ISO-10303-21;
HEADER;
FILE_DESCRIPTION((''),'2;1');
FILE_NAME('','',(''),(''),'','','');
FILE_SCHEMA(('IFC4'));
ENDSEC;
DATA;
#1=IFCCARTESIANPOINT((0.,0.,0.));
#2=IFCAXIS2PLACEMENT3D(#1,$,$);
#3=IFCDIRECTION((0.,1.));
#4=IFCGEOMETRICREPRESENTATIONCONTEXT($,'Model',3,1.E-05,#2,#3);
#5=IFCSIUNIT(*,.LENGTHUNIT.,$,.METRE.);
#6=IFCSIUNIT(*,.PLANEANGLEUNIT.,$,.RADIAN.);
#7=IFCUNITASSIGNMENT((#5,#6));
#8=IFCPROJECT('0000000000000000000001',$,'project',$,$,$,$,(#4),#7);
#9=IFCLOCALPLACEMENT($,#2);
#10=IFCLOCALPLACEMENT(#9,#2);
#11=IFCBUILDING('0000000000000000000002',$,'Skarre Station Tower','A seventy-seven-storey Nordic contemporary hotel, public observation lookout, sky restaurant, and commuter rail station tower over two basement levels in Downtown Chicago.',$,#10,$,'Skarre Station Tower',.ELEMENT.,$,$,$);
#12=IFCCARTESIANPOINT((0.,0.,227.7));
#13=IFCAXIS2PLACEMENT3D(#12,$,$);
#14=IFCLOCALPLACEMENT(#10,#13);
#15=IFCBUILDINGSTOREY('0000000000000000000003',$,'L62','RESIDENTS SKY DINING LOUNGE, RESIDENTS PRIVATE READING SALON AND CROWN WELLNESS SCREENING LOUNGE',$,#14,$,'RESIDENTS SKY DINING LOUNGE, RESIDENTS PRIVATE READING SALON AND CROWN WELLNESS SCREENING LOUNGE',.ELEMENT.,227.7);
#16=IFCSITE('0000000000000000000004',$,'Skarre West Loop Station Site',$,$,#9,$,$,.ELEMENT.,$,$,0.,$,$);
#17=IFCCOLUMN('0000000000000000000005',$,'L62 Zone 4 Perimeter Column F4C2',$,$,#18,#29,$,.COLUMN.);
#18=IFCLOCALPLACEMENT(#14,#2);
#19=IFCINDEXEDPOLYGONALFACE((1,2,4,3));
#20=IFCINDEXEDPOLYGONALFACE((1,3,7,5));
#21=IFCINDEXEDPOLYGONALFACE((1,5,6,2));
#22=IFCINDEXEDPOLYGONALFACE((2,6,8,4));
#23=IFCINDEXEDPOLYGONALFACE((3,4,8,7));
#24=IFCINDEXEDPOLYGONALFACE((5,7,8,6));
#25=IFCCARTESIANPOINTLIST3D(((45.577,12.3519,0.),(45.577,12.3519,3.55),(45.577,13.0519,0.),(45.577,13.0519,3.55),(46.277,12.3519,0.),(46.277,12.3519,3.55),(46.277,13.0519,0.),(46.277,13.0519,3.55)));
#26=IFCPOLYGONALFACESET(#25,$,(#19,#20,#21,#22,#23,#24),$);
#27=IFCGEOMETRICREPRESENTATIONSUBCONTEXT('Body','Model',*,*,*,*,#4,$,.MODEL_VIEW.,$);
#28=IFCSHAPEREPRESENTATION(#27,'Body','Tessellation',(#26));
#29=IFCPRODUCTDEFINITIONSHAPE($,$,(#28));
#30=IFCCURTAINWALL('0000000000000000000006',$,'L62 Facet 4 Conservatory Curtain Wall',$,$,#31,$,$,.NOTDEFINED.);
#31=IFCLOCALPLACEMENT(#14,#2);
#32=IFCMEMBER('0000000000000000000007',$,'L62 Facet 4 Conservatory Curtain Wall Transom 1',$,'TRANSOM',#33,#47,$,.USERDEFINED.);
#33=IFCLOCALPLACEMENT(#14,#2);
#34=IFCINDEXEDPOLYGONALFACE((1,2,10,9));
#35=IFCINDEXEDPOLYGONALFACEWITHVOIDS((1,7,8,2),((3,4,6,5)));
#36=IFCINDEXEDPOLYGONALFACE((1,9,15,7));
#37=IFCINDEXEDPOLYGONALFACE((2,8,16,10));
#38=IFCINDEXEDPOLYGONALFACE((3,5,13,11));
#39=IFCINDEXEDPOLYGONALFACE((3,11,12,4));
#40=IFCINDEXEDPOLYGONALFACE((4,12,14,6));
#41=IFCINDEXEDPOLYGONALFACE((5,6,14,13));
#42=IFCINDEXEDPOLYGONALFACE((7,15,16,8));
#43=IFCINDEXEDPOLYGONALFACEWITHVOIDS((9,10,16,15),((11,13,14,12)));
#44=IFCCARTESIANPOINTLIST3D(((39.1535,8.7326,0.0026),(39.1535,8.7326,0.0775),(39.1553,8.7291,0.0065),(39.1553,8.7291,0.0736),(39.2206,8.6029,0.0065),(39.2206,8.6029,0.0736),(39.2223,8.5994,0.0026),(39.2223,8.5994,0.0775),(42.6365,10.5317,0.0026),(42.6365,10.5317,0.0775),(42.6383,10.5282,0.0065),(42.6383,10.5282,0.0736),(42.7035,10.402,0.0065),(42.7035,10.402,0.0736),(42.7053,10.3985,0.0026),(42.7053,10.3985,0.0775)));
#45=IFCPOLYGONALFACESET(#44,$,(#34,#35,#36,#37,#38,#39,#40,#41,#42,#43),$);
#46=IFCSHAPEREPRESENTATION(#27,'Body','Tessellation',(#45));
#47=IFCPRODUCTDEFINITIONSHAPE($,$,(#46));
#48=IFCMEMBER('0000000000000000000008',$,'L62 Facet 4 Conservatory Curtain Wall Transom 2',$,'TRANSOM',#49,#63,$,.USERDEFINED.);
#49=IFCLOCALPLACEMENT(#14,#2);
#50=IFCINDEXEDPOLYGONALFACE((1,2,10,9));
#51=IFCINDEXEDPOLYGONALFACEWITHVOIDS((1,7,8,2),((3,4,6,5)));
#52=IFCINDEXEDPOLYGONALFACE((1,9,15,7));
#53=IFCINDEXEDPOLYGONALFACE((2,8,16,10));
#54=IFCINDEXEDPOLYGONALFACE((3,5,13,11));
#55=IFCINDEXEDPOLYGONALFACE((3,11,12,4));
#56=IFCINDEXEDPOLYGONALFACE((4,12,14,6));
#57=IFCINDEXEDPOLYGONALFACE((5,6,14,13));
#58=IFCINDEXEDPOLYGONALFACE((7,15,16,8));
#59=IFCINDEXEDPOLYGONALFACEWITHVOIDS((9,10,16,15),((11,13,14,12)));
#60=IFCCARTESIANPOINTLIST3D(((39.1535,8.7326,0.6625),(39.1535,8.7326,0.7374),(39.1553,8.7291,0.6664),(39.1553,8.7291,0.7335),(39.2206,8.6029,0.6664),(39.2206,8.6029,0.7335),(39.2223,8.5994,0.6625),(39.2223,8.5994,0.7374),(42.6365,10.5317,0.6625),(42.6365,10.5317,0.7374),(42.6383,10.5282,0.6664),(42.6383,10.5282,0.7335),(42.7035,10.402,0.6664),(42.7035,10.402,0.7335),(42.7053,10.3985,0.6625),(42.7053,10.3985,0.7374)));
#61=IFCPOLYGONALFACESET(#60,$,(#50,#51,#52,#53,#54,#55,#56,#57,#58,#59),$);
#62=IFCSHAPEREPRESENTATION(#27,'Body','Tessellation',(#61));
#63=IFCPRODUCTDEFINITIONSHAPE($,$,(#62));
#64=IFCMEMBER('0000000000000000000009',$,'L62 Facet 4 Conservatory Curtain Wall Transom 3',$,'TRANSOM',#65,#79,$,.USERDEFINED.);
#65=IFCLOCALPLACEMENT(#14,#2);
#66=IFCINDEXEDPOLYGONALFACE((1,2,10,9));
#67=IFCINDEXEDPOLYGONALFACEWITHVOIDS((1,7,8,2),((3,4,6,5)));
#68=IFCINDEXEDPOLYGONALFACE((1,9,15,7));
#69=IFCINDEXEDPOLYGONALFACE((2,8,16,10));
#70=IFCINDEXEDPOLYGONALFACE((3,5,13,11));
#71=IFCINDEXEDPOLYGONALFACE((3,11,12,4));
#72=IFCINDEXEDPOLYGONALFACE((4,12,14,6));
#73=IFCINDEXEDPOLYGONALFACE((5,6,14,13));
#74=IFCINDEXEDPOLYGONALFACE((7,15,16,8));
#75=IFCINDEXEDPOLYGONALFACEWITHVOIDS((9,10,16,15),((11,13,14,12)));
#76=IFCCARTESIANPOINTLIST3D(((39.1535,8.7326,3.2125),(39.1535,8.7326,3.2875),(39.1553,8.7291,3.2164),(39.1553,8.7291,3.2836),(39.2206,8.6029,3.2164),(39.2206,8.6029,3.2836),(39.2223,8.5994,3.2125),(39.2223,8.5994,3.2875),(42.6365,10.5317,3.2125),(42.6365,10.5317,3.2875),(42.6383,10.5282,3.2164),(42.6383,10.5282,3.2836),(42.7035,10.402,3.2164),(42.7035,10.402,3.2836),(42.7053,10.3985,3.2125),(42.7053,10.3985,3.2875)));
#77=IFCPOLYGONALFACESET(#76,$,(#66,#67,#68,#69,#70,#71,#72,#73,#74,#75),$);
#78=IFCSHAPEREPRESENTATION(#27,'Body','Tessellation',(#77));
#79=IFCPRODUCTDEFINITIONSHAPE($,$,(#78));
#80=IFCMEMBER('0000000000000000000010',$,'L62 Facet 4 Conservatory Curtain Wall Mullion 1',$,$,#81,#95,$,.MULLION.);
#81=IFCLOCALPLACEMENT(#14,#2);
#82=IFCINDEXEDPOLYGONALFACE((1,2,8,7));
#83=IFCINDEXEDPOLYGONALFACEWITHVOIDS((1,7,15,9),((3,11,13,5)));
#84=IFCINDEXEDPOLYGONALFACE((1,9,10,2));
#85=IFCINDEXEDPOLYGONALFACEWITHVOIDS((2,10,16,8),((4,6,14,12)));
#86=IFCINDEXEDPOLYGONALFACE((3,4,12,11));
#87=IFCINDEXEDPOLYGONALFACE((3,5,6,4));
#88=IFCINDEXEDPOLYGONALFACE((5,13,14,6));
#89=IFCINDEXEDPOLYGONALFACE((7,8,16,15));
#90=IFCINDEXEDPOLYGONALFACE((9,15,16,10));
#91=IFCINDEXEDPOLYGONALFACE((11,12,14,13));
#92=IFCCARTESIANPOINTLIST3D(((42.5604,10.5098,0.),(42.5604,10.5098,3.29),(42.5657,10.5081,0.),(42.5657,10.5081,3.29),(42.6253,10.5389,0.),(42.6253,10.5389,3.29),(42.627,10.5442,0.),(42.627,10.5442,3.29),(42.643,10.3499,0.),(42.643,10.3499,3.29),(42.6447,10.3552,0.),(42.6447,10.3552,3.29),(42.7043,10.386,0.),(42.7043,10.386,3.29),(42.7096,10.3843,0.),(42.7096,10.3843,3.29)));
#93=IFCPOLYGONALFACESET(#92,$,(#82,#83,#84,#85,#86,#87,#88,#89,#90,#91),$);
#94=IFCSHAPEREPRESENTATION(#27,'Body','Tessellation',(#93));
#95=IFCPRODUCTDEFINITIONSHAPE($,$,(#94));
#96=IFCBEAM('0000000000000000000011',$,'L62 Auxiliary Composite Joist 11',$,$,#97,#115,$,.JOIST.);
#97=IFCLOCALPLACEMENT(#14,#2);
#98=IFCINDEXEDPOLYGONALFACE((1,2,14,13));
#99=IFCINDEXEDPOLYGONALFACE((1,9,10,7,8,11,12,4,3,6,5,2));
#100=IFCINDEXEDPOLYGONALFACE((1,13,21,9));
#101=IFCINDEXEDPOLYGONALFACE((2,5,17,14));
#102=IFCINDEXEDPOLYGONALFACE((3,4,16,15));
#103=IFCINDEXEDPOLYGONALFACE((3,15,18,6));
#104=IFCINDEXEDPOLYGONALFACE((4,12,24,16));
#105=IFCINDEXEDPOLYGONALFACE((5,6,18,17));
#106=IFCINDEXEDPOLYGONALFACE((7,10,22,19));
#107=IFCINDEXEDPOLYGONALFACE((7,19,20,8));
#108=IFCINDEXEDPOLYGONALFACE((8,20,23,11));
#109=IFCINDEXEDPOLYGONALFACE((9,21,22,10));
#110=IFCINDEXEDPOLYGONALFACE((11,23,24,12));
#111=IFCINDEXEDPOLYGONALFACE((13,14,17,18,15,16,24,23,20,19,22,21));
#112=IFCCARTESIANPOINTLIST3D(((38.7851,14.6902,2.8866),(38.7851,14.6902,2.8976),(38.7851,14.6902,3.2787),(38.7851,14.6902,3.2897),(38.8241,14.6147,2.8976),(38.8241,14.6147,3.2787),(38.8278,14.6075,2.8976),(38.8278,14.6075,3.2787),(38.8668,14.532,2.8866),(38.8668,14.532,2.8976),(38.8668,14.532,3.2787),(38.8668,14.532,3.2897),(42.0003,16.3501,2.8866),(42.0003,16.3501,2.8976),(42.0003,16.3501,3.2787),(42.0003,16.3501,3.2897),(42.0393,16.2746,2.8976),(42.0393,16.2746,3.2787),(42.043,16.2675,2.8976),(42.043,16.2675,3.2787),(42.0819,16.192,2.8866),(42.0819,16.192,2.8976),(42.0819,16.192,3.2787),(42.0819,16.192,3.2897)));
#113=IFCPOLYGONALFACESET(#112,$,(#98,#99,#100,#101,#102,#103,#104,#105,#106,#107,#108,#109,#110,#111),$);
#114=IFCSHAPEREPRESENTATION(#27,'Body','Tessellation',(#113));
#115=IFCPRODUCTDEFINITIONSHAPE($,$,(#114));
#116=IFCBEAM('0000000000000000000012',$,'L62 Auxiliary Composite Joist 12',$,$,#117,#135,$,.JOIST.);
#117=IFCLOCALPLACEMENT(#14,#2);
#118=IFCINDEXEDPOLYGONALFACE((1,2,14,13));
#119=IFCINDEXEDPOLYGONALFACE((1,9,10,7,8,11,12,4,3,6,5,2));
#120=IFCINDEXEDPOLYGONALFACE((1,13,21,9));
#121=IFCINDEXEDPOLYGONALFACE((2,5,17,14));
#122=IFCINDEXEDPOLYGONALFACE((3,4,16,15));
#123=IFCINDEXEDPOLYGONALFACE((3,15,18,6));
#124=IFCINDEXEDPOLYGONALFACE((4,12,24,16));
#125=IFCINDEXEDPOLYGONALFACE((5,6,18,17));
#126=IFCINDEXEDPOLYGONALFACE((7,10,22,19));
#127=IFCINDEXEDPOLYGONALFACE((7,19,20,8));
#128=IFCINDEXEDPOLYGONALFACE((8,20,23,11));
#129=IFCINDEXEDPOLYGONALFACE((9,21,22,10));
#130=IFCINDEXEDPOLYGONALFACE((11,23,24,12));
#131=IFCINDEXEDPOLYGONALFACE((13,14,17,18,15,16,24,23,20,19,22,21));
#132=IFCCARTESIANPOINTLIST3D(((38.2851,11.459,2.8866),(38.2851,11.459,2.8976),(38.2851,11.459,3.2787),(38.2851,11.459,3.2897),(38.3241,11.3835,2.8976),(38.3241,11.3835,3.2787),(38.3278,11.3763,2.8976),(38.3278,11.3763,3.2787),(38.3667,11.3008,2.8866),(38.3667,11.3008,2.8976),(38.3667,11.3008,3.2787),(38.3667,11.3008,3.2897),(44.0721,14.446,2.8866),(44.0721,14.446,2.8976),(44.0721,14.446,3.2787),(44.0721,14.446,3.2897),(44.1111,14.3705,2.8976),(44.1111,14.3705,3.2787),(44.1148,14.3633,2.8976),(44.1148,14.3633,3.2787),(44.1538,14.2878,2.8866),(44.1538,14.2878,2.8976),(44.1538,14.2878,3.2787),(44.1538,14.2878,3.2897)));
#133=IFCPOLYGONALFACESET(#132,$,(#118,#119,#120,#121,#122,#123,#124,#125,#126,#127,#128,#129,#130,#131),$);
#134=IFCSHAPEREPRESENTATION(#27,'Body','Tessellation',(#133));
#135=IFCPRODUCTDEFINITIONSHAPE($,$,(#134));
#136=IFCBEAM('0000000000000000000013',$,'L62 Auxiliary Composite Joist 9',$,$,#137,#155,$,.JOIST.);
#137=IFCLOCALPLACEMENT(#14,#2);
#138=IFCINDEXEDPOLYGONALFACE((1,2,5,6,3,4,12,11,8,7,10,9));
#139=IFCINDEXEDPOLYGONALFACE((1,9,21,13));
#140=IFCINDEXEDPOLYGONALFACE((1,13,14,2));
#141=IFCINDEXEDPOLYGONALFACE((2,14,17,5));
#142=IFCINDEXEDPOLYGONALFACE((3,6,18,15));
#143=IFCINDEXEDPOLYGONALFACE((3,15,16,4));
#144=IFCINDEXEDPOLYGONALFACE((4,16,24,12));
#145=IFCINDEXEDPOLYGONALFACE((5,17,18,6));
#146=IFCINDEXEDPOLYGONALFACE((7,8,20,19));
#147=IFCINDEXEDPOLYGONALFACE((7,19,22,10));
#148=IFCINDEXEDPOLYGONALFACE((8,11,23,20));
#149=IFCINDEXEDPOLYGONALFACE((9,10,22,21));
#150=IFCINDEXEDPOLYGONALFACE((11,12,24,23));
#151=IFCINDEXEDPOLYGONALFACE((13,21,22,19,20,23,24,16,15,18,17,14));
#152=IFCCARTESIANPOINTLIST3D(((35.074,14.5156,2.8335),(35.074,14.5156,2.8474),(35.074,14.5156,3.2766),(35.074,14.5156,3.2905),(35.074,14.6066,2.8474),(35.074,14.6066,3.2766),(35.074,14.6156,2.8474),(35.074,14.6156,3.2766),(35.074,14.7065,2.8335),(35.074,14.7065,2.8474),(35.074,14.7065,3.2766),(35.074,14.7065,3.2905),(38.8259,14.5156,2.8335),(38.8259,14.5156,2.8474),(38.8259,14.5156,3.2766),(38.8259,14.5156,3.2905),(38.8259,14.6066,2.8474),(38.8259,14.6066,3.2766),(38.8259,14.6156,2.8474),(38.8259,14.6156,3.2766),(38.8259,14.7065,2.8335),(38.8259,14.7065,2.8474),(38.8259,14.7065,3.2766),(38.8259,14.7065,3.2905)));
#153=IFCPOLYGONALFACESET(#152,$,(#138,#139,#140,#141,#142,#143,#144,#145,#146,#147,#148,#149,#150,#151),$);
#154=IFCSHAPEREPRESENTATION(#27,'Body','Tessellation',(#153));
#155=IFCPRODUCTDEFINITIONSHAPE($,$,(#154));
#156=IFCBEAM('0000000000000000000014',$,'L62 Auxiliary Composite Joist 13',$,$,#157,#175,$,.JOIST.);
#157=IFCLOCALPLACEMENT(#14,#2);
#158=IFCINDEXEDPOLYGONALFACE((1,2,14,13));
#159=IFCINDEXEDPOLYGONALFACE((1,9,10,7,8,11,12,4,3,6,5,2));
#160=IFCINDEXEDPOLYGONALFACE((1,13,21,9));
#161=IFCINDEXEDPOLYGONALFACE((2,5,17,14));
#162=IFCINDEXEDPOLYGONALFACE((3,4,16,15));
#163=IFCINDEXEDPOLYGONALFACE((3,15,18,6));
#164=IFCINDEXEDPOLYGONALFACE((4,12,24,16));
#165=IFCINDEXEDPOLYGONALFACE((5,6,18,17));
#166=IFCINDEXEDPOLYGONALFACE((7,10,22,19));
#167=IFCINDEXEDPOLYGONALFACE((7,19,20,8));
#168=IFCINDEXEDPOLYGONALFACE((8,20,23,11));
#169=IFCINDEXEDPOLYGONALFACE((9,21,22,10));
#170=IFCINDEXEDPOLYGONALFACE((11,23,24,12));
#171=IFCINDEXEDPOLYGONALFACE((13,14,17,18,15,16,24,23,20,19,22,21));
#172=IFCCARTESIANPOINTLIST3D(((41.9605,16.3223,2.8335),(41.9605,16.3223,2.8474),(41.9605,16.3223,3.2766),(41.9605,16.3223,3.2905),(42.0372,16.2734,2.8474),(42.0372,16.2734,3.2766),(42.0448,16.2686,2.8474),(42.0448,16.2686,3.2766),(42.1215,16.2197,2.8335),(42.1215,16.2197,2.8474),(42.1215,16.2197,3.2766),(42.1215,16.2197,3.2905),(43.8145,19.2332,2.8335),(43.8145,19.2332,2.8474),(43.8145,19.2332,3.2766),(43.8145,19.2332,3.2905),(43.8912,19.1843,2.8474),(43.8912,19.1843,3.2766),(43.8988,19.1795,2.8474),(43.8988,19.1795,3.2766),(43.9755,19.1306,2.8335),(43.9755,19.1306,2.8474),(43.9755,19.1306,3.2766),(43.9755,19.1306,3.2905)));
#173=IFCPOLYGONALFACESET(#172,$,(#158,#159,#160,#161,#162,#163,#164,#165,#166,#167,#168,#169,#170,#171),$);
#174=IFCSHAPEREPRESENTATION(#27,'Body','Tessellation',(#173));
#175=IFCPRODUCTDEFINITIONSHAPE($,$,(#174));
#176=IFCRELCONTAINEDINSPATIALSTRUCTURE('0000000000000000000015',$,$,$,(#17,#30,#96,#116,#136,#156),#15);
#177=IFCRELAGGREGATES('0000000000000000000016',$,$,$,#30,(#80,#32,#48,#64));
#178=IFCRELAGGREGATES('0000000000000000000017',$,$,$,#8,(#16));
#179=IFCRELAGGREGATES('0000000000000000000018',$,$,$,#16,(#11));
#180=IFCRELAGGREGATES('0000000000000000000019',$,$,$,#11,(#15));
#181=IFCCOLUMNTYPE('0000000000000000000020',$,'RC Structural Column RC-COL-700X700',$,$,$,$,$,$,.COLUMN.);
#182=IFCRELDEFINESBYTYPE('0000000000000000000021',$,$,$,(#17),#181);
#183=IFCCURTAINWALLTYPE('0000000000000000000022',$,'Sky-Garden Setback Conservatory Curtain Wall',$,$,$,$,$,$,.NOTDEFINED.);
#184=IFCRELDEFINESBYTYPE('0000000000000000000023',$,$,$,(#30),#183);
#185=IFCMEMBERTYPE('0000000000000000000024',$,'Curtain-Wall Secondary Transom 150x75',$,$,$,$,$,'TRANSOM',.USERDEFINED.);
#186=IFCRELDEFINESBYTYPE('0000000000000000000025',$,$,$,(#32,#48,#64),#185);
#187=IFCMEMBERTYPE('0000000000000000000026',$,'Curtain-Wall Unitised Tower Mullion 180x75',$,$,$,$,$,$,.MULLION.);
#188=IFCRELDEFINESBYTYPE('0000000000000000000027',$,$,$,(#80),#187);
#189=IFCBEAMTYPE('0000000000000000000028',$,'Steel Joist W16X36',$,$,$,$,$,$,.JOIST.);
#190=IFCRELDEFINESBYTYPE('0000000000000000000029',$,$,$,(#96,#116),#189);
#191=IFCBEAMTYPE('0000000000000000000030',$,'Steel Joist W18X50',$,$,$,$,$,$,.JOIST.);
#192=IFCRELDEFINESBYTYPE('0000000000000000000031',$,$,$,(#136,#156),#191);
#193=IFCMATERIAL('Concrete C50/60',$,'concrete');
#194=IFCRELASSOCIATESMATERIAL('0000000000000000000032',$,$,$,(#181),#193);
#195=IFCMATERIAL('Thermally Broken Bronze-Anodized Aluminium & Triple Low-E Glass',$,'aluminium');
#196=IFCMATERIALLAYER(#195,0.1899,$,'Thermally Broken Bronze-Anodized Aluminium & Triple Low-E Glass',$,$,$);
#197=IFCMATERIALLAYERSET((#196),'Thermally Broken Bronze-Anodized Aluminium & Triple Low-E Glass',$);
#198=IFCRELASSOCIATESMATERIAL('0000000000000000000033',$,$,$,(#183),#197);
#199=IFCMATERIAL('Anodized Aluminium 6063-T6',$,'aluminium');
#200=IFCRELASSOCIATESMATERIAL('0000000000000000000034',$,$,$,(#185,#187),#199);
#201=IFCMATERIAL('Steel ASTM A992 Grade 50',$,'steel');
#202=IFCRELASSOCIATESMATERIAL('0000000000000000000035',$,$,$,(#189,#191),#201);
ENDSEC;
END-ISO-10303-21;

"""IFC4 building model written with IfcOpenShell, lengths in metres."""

from ifc_helpers import new_model, si_unit, direction, frame, origin, origin_2d, place, context, subcontext, project, spatial, rectangle, hollow_rectangle, i_section, extrude, material, layer, layer_set, material_profile, profile_set, type_object, element, aggregate, save


model = new_model("IFC4")

# Units and contexts
model_context = context("Model", 3, precision=1e-05, world=origin(), true_north=direction((0.0, 1.0)))
body_context = subcontext(model_context, "Body", "Model", "MODEL_VIEW")
ifc_project = project(units=[si_unit("LENGTHUNIT", "METRE"), si_unit("PLANEANGLEUNIT", "RADIAN")], contexts=[model_context])

# Site, building, storey
site_placement = place(None, origin())
site = spatial("IfcSite", under=ifc_project, at=site_placement, Name="Skarre West Loop Station Site", CompositionType="ELEMENT", RefElevation=0.0)
building_placement = place(site_placement, origin())
building = spatial("IfcBuilding", under=site, at=building_placement, Name="Skarre Station Tower", Description="A seventy-seven-storey Nordic contemporary hotel, public observation lookout, sky restaurant, and commuter rail station tower over two basement levels in Downtown Chicago.", LongName="Skarre Station Tower", CompositionType="ELEMENT")
storey_placement = place(building_placement, frame((0.0, 0.0, 227.7)))
storey = spatial("IfcBuildingStorey", under=building, at=storey_placement, Name="L62", Description="RESIDENTS SKY DINING LOUNGE, RESIDENTS PRIVATE READING SALON AND CROWN WELLNESS SCREENING LOUNGE", LongName="RESIDENTS SKY DINING LOUNGE, RESIDENTS PRIVATE READING SALON AND CROWN WELLNESS SCREENING LOUNGE", CompositionType="ELEMENT", Elevation=227.7)

# Column
ifc_material_1 = material(Name="Concrete C50/60", Category="concrete")
ifc_material_profile_1 = material_profile(ifc_material_1, rectangle(XDim=0.7, YDim=0.7, at=origin_2d()), Name="Concrete C50/60")
ifc_profile_set_1 = profile_set([ifc_material_profile_1], Name="Concrete C50/60")
column_type = type_object("IfcColumnType", Name="RC Structural Column RC-COL-700X700", PredefinedType="COLUMN", material=ifc_profile_set_1)
column_placement = place(storey_placement, frame((45.927, 12.7019, 0.0), z_axis=(0.0, 0.0, 1.0), x_axis=(1.0, 0.0, 0.0)))
element("IfcColumn", 1, at=column_placement, inside=storey, type_object=column_type, Name="L62 Zone 4 Perimeter Column F4C2", PredefinedType="COLUMN", context=body_context, shape_type="SweptSolid", body=[
    extrude(rectangle(XDim=0.7, YDim=0.7, at=origin_2d()), origin(), (0.0, 0.0, 1.0), 3.55),
])

# Curtain wall, members
ifc_material_2 = material(Name="Thermally Broken Bronze-Anodized Aluminium & Triple Low-E Glass", Category="aluminium")
ifc_layer_1 = layer(ifc_material_2, 0.1899, Name="Thermally Broken Bronze-Anodized Aluminium & Triple Low-E Glass")
ifc_layer_set_1 = layer_set([ifc_layer_1], Name="Thermally Broken Bronze-Anodized Aluminium & Triple Low-E Glass")
curtain_wall_type = type_object("IfcCurtainWallType", Name="Sky-Garden Setback Conservatory Curtain Wall", PredefinedType="NOTDEFINED", material=ifc_layer_set_1)
curtain_wall_placement = place(storey_placement, origin())
curtain_wall = element("IfcCurtainWall", 2, at=curtain_wall_placement, inside=storey, type_object=curtain_wall_type, Name="L62 Facet 4 Conservatory Curtain Wall", PredefinedType="NOTDEFINED")
ifc_material_3 = material(Name="Anodized Aluminium 6063-T6", Category="aluminium")
ifc_material_profile_2 = material_profile(ifc_material_3, hollow_rectangle(XDim=0.075, YDim=0.1499, WallThickness=0.0039, at=origin_2d()), Name="Anodized Aluminium 6063-T6")
ifc_profile_set_2 = profile_set([ifc_material_profile_2], Name="Anodized Aluminium 6063-T6")
member_type_1 = type_object("IfcMemberType", Name="Curtain-Wall Secondary Transom 150x75", ElementType="TRANSOM", PredefinedType="USERDEFINED", material=ifc_profile_set_2)
member_1_placement = place(storey_placement, frame((42.6709, 10.4651, 0.04), z_axis=(-0.888471, -0.458933, 0.0), x_axis=(0.0, 0.0, 1.0)))
member_1 = element("IfcMember", 3, at=member_1_placement, type_object=member_type_1, Name="L62 Facet 4 Conservatory Curtain Wall Transom 1", ObjectType="TRANSOM", PredefinedType="USERDEFINED", context=body_context, shape_type="SweptSolid", body=[
    extrude(hollow_rectangle(XDim=0.075, YDim=0.1499, WallThickness=0.0039, at=origin_2d()), origin(), (0.0, 0.0, 1.0), 3.9202),
])
member_2_placement = place(storey_placement, frame((42.6709, 10.4651, 0.7), z_axis=(-0.888471, -0.458933, 0.0), x_axis=(0.0, 0.0, 1.0)))
member_2 = element("IfcMember", 4, at=member_2_placement, type_object=member_type_1, Name="L62 Facet 4 Conservatory Curtain Wall Transom 2", ObjectType="TRANSOM", PredefinedType="USERDEFINED", context=body_context, shape_type="SweptSolid", body=[
    extrude(hollow_rectangle(XDim=0.075, YDim=0.1499, WallThickness=0.0039, at=origin_2d()), origin(), (0.0, 0.0, 1.0), 3.9202),
])
member_3_placement = place(storey_placement, frame((42.6709, 10.4651, 3.25), z_axis=(-0.888471, -0.458933, 0.0), x_axis=(0.0, 0.0, 1.0)))
member_3 = element("IfcMember", 5, at=member_3_placement, type_object=member_type_1, Name="L62 Facet 4 Conservatory Curtain Wall Transom 3", ObjectType="TRANSOM", PredefinedType="USERDEFINED", context=body_context, shape_type="SweptSolid", body=[
    extrude(hollow_rectangle(XDim=0.075, YDim=0.1499, WallThickness=0.0039, at=origin_2d()), origin(), (0.0, 0.0, 1.0), 3.9202),
])
ifc_material_profile_3 = material_profile(ifc_material_3, hollow_rectangle(XDim=0.075, YDim=0.1799, WallThickness=0.0039, at=origin_2d()), Name="Anodized Aluminium 6063-T6")
ifc_profile_set_3 = profile_set([ifc_material_profile_3], Name="Anodized Aluminium 6063-T6")
member_type_2 = type_object("IfcMemberType", Name="Curtain-Wall Unitised Tower Mullion 180x75", PredefinedType="MULLION", material=ifc_profile_set_3)
member_4_placement = place(storey_placement, frame((42.635, 10.447, 0.0), z_axis=(0.0, 0.0, 1.0), x_axis=(-0.888481, -0.458913, 0.0)))
member_4 = element("IfcMember", 6, at=member_4_placement, type_object=member_type_2, Name="L62 Facet 4 Conservatory Curtain Wall Mullion 1", PredefinedType="MULLION", context=body_context, shape_type="SweptSolid", body=[
    extrude(hollow_rectangle(XDim=0.075, YDim=0.1799, WallThickness=0.0039, at=origin_2d()), origin(), (0.0, 0.0, 1.0), 3.29),
])

# Beams
ifc_material_4 = material(Name="Steel ASTM A992 Grade 50", Category="steel")
ifc_material_profile_4 = material_profile(ifc_material_4, i_section(OverallWidth=0.178, OverallDepth=0.4031, WebThickness=0.0081, FlangeThickness=0.011, at=origin_2d()), Name="Steel ASTM A992 Grade 50")
ifc_profile_set_4 = profile_set([ifc_material_profile_4], Name="Steel ASTM A992 Grade 50")
beam_type_1 = type_object("IfcBeamType", Name="Steel Joist W16X36", PredefinedType="JOIST", material=ifc_profile_set_4)
beam_1_placement = place(storey_placement, frame((38.8259, 14.6111, 3.0881), z_axis=(0.888563, 0.458755, 0.0), x_axis=(-0.458755, 0.888563, 0.0)))
element("IfcBeam", 7, at=beam_1_placement, inside=storey, type_object=beam_type_1, Name="L62 Auxiliary Composite Joist 11", PredefinedType="JOIST", context=body_context, shape_type="SweptSolid", body=[
    extrude(i_section(OverallWidth=0.178, OverallDepth=0.4031, WebThickness=0.0081, FlangeThickness=0.011, at=origin_2d()), origin(), (0.0, 0.0, 1.0), 3.6184),
])
beam_2_placement = place(storey_placement, frame((38.3259, 11.3799, 3.0881), z_axis=(0.88861, 0.458663, 0.0), x_axis=(-0.458663, 0.88861, 0.0)))
element("IfcBeam", 8, at=beam_2_placement, inside=storey, type_object=beam_type_1, Name="L62 Auxiliary Composite Joist 12", PredefinedType="JOIST", context=body_context, shape_type="SweptSolid", body=[
    extrude(i_section(OverallWidth=0.178, OverallDepth=0.4031, WebThickness=0.0081, FlangeThickness=0.011, at=origin_2d()), origin(), (0.0, 0.0, 1.0), 6.5125),
])
ifc_material_profile_5 = material_profile(ifc_material_4, i_section(OverallWidth=0.1909, OverallDepth=0.457, WebThickness=0.009, FlangeThickness=0.0139, at=origin_2d()), Name="Steel ASTM A992 Grade 50")
ifc_profile_set_5 = profile_set([ifc_material_profile_5], Name="Steel ASTM A992 Grade 50")
beam_type_2 = type_object("IfcBeamType", Name="Steel Joist W18X50", PredefinedType="JOIST", material=ifc_profile_set_5)
beam_3_placement = place(storey_placement, frame((35.074, 14.6111, 3.062), z_axis=(1.0, 0.0, 0.0), x_axis=(0.0, 1.0, 0.0)))
element("IfcBeam", 9, at=beam_3_placement, inside=storey, type_object=beam_type_2, Name="L62 Auxiliary Composite Joist 9", PredefinedType="JOIST", context=body_context, shape_type="SweptSolid", body=[
    extrude(i_section(OverallWidth=0.1909, OverallDepth=0.457, WebThickness=0.009, FlangeThickness=0.0139, at=origin_2d()), origin(), (0.0, 0.0, 1.0), 3.752),
])
beam_4_placement = place(storey_placement, frame((42.041, 16.271, 3.062), z_axis=(0.53721, 0.843449, 0.0), x_axis=(-0.843449, 0.53721, 0.0)))
element("IfcBeam", 10, at=beam_4_placement, inside=storey, type_object=beam_type_2, Name="L62 Auxiliary Composite Joist 13", PredefinedType="JOIST", context=body_context, shape_type="SweptSolid", body=[
    extrude(i_section(OverallWidth=0.1909, OverallDepth=0.457, WebThickness=0.009, FlangeThickness=0.0139, at=origin_2d()), origin(), (0.0, 0.0, 1.0), 3.4512),
])

aggregate(curtain_wall, [member_4, member_1, member_2, member_3])

save(model, "model.ifc")
